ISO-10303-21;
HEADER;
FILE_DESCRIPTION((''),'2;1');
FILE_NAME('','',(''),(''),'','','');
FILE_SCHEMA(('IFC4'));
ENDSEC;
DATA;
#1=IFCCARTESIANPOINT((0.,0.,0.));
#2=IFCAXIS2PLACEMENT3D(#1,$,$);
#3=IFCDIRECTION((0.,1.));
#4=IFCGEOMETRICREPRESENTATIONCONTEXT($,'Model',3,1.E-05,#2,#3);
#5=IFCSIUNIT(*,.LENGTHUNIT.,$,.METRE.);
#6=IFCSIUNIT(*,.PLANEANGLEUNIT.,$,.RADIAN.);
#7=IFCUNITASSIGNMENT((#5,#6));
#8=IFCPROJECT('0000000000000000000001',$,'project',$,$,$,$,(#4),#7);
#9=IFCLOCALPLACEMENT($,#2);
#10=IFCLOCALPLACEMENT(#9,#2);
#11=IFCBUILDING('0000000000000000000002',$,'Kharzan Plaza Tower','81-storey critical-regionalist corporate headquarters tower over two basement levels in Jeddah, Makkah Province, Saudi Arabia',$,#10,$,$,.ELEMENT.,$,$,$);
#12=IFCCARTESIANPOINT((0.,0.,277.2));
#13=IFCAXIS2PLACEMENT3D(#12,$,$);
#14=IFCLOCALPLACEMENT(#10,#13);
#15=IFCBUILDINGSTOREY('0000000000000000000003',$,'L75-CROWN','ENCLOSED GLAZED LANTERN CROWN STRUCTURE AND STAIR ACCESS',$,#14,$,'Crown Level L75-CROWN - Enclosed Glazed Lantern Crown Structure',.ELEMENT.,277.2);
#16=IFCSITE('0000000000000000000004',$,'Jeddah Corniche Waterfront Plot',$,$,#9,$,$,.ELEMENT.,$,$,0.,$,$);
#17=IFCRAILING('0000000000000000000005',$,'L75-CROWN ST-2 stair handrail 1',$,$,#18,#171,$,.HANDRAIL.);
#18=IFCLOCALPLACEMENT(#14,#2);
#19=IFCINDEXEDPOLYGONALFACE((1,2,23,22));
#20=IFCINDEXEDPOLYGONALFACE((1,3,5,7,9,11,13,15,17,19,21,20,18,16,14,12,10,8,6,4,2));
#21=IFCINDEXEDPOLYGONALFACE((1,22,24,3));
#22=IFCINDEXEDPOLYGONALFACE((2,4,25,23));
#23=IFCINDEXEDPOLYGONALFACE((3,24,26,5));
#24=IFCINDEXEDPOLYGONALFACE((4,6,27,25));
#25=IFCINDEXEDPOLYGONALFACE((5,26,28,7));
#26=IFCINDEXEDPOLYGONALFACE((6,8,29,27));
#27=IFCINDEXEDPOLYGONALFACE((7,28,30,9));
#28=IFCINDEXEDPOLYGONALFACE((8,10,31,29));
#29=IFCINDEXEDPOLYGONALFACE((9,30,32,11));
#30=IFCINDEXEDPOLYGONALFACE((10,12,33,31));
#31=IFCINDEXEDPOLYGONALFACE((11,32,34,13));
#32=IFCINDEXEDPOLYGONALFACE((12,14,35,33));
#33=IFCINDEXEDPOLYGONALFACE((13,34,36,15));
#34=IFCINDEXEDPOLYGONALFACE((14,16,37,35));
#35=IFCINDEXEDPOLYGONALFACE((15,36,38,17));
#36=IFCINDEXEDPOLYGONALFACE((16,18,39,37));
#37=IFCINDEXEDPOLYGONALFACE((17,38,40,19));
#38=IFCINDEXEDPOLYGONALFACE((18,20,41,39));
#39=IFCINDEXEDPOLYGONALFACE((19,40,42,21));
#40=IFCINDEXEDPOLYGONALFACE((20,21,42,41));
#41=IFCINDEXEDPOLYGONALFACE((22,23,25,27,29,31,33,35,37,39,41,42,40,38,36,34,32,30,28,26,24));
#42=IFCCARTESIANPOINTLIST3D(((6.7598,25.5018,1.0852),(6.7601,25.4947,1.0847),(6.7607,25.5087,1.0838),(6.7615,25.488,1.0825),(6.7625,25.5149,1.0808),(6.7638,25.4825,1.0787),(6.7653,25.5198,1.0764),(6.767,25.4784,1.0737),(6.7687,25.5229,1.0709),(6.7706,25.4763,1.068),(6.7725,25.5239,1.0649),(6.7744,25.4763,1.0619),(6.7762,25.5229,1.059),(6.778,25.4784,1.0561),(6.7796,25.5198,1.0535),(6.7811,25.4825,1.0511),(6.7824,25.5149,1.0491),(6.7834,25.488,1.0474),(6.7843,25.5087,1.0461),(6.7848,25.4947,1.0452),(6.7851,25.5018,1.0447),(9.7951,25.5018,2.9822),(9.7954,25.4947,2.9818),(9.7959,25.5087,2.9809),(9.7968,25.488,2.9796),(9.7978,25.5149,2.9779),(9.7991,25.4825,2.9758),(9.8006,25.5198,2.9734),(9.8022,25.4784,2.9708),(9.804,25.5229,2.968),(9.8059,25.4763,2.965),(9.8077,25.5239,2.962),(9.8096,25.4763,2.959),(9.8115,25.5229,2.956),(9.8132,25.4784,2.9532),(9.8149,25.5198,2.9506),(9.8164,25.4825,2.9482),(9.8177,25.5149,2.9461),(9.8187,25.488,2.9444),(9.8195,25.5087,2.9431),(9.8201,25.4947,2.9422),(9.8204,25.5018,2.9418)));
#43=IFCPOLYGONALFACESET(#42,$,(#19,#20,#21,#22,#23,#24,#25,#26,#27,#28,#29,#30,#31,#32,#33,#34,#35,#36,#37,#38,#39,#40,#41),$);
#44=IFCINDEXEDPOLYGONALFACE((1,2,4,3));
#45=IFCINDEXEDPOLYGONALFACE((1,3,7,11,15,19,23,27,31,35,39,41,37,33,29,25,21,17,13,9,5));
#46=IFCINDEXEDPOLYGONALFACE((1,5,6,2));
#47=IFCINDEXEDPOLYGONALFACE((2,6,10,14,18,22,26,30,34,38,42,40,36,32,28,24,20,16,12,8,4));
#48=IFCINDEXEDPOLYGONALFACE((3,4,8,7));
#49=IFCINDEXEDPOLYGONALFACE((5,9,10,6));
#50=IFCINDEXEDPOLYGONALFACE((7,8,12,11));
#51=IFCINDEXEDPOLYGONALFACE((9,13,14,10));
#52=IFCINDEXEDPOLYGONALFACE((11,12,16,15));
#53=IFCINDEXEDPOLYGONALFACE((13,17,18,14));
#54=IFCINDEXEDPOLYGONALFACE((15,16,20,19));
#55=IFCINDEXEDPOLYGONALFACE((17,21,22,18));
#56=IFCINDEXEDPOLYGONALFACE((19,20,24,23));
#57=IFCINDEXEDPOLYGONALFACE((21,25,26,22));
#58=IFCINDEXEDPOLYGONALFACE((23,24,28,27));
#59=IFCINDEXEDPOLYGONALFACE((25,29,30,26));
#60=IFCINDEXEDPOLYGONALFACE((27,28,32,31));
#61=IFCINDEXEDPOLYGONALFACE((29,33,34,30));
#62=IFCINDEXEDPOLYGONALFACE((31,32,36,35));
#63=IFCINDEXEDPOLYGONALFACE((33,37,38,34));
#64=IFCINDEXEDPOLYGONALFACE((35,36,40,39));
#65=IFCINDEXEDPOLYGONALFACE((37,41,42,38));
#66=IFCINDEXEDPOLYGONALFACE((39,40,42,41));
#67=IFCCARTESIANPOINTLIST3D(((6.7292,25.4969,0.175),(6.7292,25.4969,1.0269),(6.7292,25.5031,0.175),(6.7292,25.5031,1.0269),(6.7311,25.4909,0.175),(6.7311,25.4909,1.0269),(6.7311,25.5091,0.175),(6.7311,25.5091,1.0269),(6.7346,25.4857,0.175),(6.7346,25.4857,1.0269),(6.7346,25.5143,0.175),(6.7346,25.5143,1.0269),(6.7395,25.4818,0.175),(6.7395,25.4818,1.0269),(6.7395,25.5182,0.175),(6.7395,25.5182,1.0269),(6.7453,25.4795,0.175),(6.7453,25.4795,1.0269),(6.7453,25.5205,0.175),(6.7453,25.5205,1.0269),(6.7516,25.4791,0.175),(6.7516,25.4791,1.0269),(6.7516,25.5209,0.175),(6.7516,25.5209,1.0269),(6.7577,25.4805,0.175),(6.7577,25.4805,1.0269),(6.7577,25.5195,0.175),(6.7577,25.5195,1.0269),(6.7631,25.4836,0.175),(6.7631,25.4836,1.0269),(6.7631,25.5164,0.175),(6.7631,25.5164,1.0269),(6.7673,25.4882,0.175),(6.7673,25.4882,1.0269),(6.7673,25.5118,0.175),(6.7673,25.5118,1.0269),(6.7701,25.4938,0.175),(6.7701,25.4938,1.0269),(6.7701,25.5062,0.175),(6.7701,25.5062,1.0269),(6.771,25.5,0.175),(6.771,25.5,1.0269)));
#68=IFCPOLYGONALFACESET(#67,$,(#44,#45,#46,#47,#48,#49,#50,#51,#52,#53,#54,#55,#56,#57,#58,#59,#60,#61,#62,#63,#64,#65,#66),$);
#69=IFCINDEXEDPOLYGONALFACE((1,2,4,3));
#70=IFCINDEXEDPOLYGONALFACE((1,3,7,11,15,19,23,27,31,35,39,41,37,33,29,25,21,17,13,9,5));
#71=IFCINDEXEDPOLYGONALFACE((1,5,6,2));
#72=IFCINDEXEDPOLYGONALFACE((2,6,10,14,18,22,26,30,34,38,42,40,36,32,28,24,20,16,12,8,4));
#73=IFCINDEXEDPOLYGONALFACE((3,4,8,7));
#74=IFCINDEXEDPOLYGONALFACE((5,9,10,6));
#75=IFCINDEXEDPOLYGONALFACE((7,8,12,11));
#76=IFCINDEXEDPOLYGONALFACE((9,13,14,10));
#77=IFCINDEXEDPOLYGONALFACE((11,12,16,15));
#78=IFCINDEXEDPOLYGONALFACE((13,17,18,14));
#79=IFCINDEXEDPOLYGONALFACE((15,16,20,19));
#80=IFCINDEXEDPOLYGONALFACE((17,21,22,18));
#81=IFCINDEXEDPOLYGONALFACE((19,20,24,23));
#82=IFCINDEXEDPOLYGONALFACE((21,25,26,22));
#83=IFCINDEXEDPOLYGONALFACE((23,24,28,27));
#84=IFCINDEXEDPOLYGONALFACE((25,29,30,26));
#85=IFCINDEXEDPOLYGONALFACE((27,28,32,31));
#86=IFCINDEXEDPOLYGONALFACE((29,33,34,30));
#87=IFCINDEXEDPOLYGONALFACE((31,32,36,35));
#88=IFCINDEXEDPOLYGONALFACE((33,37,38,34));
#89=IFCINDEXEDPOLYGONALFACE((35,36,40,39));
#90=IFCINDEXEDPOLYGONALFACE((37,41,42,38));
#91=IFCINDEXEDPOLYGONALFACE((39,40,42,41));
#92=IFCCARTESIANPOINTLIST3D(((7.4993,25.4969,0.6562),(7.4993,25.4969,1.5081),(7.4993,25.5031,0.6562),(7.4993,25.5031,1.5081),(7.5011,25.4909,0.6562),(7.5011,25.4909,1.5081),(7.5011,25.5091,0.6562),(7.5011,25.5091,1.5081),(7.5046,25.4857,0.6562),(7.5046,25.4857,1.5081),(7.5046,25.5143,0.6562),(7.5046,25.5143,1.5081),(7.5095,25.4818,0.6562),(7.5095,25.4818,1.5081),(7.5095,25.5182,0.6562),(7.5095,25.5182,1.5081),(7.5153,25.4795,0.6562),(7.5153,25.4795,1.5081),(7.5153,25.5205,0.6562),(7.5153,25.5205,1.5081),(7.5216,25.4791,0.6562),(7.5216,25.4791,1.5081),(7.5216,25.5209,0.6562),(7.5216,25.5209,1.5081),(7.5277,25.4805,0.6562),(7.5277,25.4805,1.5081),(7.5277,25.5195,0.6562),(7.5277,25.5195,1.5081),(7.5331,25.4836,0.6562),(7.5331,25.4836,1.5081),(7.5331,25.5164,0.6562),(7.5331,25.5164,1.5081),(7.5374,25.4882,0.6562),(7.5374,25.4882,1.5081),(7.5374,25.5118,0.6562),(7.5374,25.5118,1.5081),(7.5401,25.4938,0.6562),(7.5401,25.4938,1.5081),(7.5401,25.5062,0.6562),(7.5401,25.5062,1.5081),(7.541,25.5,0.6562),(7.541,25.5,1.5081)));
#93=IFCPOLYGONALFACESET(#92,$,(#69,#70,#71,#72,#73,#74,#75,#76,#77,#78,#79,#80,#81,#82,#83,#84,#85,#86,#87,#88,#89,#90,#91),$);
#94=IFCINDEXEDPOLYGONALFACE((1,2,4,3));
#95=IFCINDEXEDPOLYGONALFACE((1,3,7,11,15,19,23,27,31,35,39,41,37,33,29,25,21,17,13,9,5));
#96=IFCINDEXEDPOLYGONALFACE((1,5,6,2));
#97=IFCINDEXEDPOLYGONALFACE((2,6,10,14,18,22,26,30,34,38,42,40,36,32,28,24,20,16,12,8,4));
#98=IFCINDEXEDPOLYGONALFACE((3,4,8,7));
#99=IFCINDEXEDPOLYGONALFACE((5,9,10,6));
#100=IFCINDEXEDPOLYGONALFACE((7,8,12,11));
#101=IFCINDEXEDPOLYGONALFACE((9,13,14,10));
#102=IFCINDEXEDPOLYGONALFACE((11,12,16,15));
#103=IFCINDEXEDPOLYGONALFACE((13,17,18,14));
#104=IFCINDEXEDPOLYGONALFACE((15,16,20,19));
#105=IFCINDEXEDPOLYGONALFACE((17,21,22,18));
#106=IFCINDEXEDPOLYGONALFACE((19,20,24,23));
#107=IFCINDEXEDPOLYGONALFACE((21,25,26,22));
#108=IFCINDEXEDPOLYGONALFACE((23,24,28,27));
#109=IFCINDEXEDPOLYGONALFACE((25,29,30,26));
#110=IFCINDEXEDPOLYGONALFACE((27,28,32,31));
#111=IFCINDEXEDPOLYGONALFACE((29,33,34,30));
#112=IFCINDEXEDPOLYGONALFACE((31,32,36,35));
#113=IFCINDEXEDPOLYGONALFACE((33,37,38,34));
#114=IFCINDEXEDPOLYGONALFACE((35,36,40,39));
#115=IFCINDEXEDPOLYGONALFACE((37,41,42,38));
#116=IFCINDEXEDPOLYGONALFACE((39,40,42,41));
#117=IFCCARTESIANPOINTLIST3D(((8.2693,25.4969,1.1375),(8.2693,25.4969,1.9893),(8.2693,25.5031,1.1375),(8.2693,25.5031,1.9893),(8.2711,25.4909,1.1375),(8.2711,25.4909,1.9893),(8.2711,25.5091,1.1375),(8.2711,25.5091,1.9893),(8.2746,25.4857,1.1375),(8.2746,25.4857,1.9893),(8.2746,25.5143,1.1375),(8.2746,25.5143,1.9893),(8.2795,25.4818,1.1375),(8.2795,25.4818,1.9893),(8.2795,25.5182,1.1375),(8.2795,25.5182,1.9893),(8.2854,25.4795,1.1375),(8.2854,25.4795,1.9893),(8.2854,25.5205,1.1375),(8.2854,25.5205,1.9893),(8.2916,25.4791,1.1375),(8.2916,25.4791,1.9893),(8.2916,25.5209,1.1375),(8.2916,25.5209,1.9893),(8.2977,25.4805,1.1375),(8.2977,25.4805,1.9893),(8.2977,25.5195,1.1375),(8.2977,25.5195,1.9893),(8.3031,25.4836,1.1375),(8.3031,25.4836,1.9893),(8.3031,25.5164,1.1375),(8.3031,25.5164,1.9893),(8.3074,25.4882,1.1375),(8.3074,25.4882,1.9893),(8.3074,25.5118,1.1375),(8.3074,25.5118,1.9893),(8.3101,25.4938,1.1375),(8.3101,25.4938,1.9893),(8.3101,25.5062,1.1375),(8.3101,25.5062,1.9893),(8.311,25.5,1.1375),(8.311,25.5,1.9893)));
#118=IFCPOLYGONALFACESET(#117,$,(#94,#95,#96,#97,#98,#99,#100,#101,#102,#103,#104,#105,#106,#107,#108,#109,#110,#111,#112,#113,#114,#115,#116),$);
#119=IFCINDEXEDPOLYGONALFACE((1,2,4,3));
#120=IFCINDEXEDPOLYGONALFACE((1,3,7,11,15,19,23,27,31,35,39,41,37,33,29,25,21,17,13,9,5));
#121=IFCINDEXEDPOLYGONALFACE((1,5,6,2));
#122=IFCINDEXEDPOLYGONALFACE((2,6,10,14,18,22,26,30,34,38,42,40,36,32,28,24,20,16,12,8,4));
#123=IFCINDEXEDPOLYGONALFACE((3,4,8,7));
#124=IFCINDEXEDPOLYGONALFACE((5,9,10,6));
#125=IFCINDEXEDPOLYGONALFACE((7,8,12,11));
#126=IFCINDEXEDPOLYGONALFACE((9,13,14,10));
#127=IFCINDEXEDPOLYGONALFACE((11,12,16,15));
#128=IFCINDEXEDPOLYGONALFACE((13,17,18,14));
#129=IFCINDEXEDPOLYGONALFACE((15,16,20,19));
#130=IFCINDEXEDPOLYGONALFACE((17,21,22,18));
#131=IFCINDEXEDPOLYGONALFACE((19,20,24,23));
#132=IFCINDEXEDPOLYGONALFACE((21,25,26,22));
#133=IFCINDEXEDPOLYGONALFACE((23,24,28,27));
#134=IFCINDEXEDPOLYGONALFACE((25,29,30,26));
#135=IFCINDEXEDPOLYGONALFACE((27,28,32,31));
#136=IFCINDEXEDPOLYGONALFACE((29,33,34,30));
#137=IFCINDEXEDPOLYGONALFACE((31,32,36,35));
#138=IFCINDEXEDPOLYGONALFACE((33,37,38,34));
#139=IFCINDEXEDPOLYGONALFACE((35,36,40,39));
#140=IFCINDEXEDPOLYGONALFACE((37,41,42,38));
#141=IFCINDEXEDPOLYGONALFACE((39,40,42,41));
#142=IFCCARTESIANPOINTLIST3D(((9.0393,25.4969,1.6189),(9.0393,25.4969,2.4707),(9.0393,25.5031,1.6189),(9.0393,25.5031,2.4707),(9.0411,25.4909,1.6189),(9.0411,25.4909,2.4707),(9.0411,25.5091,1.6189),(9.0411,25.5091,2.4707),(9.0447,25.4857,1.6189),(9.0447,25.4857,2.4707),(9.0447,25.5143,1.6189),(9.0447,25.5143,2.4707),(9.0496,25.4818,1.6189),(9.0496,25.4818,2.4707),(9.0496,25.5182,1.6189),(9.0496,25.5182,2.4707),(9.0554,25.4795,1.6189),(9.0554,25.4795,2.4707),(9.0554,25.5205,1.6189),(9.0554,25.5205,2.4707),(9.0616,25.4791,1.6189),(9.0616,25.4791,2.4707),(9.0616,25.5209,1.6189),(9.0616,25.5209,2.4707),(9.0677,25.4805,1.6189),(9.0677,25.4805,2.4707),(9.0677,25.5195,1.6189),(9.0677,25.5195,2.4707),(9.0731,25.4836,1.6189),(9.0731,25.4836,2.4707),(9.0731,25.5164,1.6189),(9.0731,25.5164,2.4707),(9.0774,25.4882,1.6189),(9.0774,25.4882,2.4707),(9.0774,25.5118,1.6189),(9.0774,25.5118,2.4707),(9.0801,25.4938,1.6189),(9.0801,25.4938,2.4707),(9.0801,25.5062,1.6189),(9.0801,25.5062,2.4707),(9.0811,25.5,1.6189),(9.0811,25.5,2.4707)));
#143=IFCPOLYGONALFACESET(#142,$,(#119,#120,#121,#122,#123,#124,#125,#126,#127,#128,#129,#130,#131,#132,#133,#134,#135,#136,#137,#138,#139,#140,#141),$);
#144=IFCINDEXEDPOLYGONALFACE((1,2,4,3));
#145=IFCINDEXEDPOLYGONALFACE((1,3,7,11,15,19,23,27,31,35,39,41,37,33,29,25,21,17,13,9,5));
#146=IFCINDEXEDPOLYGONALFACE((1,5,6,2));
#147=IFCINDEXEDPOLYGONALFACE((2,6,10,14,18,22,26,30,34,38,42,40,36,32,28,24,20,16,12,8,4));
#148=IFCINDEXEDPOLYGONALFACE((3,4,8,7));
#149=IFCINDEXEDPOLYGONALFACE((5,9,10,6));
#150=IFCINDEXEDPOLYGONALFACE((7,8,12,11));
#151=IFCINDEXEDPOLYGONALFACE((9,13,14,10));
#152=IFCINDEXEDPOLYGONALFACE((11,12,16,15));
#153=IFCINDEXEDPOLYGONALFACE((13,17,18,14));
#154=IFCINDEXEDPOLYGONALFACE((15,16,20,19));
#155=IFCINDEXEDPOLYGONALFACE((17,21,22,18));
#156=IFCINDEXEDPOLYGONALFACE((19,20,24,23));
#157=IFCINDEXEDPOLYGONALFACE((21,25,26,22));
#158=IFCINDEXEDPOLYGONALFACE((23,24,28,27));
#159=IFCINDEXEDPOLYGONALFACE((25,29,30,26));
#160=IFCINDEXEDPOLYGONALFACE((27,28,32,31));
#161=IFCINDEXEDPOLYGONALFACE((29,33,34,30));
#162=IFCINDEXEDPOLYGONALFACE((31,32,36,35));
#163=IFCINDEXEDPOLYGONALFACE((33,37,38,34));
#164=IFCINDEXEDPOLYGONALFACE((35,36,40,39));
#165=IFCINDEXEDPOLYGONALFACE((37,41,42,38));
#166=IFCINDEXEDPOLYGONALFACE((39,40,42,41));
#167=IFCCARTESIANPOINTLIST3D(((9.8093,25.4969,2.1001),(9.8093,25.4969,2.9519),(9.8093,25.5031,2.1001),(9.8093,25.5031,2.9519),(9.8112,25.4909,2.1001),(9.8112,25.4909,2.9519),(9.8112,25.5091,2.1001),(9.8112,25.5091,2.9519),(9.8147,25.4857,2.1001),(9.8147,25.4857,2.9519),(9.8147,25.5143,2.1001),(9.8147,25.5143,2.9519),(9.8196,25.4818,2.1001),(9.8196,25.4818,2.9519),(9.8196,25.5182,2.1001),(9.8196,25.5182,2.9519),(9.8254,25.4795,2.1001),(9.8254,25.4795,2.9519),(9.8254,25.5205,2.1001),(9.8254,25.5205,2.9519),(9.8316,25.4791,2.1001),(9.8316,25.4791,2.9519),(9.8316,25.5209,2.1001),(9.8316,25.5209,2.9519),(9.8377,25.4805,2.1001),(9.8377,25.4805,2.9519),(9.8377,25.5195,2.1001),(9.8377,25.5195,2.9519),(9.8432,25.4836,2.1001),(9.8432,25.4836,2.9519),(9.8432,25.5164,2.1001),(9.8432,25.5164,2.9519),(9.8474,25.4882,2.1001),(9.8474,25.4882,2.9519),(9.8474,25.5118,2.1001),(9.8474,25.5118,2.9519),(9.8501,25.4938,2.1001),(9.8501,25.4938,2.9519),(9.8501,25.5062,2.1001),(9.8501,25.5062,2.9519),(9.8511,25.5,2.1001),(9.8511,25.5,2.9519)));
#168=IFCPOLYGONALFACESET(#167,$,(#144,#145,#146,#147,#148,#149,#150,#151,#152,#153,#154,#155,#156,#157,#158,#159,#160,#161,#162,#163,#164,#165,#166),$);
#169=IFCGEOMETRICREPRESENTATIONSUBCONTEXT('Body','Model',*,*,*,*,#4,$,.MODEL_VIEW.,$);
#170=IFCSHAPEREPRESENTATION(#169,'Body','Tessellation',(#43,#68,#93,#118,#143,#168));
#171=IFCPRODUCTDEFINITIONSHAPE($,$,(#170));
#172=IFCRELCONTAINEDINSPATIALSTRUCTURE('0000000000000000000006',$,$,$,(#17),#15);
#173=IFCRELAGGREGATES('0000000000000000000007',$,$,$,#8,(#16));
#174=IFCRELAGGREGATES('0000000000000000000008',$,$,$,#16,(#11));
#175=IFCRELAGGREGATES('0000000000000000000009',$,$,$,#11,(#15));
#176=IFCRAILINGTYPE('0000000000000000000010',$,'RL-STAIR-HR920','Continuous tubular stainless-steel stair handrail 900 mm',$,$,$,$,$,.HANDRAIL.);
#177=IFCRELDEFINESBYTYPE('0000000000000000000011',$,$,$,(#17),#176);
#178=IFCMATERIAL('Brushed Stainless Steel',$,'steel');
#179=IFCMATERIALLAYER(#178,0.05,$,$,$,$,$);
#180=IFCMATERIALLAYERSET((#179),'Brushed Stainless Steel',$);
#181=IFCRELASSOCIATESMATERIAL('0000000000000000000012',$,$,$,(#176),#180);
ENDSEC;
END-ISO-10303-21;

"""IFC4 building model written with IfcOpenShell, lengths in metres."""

from ifc_helpers import new_model, si_unit, direction, frame, origin, origin_2d, place, context, subcontext, project, spatial, circle, extrude, source, transform, mapped, material, layer, layer_set, type_object, element, save


model = new_model("IFC4")

# Units and contexts
model_context = context("Model", 3, precision=1e-05, world=origin(), true_north=direction((0.0, 1.0)))
body_context = subcontext(model_context, "Body", "Model", "MODEL_VIEW")
ifc_project = project(units=[si_unit("LENGTHUNIT", "METRE"), si_unit("PLANEANGLEUNIT", "RADIAN")], contexts=[model_context])

# Site, building, storey
site_placement = place(None, origin())
site = spatial("IfcSite", under=ifc_project, at=site_placement, Name="Jeddah Corniche Waterfront Plot", CompositionType="ELEMENT", RefElevation=0.0)
building_placement = place(site_placement, origin())
building = spatial("IfcBuilding", under=site, at=building_placement, Name="Kharzan Plaza Tower", Description="81-storey critical-regionalist corporate headquarters tower over two basement levels in Jeddah, Makkah Province, Saudi Arabia", CompositionType="ELEMENT")
storey_placement = place(building_placement, frame((0.0, 0.0, 277.2)))
storey = spatial("IfcBuildingStorey", under=building, at=storey_placement, Name="L75-CROWN", Description="ENCLOSED GLAZED LANTERN CROWN STRUCTURE AND STAIR ACCESS", LongName="Crown Level L75-CROWN - Enclosed Glazed Lantern Crown Structure", CompositionType="ELEMENT", Elevation=277.2)

# Railing
ifc_material_1 = material(Name="Brushed Stainless Steel", Category="steel")
ifc_layer_1 = layer(ifc_material_1, 0.05)
ifc_layer_set_1 = layer_set([ifc_layer_1], Name="Brushed Stainless Steel")
railing_type_1 = type_object("IfcRailingType", Name="RL-STAIR-HR920", Description="Continuous tubular stainless-steel stair handrail 900 mm", PredefinedType="HANDRAIL", material=ifc_layer_set_1)
shared_shape_1 = source(origin(), body_context, "Body", "SweptSolid", [
    extrude(circle(Radius=0.0239, at=origin_2d()), frame((0.0225, 0.0, 0.8899), z_axis=(0.847998, 0.0, 0.529999), x_axis=(0.0, 1.0, 0.0)), (0.0, 0.0, 1.0), 3.5793),
    extrude(circle(Radius=0.021, at=origin_2d()), origin(), (0.0, 0.0, 1.0), 0.8518),
    extrude(circle(Radius=0.021, at=origin_2d()), frame((0.77, 0.0, 0.4812)), (0.0, 0.0, 1.0), 0.8518),
    extrude(circle(Radius=0.021, at=origin_2d()), frame((1.54, 0.0, 0.9624)), (0.0, 0.0, 1.0), 0.8518),
    extrude(circle(Radius=0.021, at=origin_2d()), frame((2.3101, 0.0, 1.4438)), (0.0, 0.0, 1.0), 0.8518),
    extrude(circle(Radius=0.021, at=origin_2d()), frame((3.0801, 0.0, 1.925)), (0.0, 0.0, 1.0), 0.8518),
])
railing_1_placement = place(storey_placement, frame((6.75, 25.5, 0.175)))
element("IfcRailing", 1, at=railing_1_placement, inside=storey, type_object=railing_type_1, Name="L75-CROWN ST-2 stair handrail 1", PredefinedType="HANDRAIL", context=body_context, shape_type="MappedRepresentation", body=[
    mapped(shared_shape_1, transform((0.0, 0.0, 0.0), x_axis=(1.0, 0.0, 0.0), y_axis=(0.0, 1.0, 0.0), z_axis=(0.0, 0.0, 1.0))),
])

save(model, "model.ifc")
